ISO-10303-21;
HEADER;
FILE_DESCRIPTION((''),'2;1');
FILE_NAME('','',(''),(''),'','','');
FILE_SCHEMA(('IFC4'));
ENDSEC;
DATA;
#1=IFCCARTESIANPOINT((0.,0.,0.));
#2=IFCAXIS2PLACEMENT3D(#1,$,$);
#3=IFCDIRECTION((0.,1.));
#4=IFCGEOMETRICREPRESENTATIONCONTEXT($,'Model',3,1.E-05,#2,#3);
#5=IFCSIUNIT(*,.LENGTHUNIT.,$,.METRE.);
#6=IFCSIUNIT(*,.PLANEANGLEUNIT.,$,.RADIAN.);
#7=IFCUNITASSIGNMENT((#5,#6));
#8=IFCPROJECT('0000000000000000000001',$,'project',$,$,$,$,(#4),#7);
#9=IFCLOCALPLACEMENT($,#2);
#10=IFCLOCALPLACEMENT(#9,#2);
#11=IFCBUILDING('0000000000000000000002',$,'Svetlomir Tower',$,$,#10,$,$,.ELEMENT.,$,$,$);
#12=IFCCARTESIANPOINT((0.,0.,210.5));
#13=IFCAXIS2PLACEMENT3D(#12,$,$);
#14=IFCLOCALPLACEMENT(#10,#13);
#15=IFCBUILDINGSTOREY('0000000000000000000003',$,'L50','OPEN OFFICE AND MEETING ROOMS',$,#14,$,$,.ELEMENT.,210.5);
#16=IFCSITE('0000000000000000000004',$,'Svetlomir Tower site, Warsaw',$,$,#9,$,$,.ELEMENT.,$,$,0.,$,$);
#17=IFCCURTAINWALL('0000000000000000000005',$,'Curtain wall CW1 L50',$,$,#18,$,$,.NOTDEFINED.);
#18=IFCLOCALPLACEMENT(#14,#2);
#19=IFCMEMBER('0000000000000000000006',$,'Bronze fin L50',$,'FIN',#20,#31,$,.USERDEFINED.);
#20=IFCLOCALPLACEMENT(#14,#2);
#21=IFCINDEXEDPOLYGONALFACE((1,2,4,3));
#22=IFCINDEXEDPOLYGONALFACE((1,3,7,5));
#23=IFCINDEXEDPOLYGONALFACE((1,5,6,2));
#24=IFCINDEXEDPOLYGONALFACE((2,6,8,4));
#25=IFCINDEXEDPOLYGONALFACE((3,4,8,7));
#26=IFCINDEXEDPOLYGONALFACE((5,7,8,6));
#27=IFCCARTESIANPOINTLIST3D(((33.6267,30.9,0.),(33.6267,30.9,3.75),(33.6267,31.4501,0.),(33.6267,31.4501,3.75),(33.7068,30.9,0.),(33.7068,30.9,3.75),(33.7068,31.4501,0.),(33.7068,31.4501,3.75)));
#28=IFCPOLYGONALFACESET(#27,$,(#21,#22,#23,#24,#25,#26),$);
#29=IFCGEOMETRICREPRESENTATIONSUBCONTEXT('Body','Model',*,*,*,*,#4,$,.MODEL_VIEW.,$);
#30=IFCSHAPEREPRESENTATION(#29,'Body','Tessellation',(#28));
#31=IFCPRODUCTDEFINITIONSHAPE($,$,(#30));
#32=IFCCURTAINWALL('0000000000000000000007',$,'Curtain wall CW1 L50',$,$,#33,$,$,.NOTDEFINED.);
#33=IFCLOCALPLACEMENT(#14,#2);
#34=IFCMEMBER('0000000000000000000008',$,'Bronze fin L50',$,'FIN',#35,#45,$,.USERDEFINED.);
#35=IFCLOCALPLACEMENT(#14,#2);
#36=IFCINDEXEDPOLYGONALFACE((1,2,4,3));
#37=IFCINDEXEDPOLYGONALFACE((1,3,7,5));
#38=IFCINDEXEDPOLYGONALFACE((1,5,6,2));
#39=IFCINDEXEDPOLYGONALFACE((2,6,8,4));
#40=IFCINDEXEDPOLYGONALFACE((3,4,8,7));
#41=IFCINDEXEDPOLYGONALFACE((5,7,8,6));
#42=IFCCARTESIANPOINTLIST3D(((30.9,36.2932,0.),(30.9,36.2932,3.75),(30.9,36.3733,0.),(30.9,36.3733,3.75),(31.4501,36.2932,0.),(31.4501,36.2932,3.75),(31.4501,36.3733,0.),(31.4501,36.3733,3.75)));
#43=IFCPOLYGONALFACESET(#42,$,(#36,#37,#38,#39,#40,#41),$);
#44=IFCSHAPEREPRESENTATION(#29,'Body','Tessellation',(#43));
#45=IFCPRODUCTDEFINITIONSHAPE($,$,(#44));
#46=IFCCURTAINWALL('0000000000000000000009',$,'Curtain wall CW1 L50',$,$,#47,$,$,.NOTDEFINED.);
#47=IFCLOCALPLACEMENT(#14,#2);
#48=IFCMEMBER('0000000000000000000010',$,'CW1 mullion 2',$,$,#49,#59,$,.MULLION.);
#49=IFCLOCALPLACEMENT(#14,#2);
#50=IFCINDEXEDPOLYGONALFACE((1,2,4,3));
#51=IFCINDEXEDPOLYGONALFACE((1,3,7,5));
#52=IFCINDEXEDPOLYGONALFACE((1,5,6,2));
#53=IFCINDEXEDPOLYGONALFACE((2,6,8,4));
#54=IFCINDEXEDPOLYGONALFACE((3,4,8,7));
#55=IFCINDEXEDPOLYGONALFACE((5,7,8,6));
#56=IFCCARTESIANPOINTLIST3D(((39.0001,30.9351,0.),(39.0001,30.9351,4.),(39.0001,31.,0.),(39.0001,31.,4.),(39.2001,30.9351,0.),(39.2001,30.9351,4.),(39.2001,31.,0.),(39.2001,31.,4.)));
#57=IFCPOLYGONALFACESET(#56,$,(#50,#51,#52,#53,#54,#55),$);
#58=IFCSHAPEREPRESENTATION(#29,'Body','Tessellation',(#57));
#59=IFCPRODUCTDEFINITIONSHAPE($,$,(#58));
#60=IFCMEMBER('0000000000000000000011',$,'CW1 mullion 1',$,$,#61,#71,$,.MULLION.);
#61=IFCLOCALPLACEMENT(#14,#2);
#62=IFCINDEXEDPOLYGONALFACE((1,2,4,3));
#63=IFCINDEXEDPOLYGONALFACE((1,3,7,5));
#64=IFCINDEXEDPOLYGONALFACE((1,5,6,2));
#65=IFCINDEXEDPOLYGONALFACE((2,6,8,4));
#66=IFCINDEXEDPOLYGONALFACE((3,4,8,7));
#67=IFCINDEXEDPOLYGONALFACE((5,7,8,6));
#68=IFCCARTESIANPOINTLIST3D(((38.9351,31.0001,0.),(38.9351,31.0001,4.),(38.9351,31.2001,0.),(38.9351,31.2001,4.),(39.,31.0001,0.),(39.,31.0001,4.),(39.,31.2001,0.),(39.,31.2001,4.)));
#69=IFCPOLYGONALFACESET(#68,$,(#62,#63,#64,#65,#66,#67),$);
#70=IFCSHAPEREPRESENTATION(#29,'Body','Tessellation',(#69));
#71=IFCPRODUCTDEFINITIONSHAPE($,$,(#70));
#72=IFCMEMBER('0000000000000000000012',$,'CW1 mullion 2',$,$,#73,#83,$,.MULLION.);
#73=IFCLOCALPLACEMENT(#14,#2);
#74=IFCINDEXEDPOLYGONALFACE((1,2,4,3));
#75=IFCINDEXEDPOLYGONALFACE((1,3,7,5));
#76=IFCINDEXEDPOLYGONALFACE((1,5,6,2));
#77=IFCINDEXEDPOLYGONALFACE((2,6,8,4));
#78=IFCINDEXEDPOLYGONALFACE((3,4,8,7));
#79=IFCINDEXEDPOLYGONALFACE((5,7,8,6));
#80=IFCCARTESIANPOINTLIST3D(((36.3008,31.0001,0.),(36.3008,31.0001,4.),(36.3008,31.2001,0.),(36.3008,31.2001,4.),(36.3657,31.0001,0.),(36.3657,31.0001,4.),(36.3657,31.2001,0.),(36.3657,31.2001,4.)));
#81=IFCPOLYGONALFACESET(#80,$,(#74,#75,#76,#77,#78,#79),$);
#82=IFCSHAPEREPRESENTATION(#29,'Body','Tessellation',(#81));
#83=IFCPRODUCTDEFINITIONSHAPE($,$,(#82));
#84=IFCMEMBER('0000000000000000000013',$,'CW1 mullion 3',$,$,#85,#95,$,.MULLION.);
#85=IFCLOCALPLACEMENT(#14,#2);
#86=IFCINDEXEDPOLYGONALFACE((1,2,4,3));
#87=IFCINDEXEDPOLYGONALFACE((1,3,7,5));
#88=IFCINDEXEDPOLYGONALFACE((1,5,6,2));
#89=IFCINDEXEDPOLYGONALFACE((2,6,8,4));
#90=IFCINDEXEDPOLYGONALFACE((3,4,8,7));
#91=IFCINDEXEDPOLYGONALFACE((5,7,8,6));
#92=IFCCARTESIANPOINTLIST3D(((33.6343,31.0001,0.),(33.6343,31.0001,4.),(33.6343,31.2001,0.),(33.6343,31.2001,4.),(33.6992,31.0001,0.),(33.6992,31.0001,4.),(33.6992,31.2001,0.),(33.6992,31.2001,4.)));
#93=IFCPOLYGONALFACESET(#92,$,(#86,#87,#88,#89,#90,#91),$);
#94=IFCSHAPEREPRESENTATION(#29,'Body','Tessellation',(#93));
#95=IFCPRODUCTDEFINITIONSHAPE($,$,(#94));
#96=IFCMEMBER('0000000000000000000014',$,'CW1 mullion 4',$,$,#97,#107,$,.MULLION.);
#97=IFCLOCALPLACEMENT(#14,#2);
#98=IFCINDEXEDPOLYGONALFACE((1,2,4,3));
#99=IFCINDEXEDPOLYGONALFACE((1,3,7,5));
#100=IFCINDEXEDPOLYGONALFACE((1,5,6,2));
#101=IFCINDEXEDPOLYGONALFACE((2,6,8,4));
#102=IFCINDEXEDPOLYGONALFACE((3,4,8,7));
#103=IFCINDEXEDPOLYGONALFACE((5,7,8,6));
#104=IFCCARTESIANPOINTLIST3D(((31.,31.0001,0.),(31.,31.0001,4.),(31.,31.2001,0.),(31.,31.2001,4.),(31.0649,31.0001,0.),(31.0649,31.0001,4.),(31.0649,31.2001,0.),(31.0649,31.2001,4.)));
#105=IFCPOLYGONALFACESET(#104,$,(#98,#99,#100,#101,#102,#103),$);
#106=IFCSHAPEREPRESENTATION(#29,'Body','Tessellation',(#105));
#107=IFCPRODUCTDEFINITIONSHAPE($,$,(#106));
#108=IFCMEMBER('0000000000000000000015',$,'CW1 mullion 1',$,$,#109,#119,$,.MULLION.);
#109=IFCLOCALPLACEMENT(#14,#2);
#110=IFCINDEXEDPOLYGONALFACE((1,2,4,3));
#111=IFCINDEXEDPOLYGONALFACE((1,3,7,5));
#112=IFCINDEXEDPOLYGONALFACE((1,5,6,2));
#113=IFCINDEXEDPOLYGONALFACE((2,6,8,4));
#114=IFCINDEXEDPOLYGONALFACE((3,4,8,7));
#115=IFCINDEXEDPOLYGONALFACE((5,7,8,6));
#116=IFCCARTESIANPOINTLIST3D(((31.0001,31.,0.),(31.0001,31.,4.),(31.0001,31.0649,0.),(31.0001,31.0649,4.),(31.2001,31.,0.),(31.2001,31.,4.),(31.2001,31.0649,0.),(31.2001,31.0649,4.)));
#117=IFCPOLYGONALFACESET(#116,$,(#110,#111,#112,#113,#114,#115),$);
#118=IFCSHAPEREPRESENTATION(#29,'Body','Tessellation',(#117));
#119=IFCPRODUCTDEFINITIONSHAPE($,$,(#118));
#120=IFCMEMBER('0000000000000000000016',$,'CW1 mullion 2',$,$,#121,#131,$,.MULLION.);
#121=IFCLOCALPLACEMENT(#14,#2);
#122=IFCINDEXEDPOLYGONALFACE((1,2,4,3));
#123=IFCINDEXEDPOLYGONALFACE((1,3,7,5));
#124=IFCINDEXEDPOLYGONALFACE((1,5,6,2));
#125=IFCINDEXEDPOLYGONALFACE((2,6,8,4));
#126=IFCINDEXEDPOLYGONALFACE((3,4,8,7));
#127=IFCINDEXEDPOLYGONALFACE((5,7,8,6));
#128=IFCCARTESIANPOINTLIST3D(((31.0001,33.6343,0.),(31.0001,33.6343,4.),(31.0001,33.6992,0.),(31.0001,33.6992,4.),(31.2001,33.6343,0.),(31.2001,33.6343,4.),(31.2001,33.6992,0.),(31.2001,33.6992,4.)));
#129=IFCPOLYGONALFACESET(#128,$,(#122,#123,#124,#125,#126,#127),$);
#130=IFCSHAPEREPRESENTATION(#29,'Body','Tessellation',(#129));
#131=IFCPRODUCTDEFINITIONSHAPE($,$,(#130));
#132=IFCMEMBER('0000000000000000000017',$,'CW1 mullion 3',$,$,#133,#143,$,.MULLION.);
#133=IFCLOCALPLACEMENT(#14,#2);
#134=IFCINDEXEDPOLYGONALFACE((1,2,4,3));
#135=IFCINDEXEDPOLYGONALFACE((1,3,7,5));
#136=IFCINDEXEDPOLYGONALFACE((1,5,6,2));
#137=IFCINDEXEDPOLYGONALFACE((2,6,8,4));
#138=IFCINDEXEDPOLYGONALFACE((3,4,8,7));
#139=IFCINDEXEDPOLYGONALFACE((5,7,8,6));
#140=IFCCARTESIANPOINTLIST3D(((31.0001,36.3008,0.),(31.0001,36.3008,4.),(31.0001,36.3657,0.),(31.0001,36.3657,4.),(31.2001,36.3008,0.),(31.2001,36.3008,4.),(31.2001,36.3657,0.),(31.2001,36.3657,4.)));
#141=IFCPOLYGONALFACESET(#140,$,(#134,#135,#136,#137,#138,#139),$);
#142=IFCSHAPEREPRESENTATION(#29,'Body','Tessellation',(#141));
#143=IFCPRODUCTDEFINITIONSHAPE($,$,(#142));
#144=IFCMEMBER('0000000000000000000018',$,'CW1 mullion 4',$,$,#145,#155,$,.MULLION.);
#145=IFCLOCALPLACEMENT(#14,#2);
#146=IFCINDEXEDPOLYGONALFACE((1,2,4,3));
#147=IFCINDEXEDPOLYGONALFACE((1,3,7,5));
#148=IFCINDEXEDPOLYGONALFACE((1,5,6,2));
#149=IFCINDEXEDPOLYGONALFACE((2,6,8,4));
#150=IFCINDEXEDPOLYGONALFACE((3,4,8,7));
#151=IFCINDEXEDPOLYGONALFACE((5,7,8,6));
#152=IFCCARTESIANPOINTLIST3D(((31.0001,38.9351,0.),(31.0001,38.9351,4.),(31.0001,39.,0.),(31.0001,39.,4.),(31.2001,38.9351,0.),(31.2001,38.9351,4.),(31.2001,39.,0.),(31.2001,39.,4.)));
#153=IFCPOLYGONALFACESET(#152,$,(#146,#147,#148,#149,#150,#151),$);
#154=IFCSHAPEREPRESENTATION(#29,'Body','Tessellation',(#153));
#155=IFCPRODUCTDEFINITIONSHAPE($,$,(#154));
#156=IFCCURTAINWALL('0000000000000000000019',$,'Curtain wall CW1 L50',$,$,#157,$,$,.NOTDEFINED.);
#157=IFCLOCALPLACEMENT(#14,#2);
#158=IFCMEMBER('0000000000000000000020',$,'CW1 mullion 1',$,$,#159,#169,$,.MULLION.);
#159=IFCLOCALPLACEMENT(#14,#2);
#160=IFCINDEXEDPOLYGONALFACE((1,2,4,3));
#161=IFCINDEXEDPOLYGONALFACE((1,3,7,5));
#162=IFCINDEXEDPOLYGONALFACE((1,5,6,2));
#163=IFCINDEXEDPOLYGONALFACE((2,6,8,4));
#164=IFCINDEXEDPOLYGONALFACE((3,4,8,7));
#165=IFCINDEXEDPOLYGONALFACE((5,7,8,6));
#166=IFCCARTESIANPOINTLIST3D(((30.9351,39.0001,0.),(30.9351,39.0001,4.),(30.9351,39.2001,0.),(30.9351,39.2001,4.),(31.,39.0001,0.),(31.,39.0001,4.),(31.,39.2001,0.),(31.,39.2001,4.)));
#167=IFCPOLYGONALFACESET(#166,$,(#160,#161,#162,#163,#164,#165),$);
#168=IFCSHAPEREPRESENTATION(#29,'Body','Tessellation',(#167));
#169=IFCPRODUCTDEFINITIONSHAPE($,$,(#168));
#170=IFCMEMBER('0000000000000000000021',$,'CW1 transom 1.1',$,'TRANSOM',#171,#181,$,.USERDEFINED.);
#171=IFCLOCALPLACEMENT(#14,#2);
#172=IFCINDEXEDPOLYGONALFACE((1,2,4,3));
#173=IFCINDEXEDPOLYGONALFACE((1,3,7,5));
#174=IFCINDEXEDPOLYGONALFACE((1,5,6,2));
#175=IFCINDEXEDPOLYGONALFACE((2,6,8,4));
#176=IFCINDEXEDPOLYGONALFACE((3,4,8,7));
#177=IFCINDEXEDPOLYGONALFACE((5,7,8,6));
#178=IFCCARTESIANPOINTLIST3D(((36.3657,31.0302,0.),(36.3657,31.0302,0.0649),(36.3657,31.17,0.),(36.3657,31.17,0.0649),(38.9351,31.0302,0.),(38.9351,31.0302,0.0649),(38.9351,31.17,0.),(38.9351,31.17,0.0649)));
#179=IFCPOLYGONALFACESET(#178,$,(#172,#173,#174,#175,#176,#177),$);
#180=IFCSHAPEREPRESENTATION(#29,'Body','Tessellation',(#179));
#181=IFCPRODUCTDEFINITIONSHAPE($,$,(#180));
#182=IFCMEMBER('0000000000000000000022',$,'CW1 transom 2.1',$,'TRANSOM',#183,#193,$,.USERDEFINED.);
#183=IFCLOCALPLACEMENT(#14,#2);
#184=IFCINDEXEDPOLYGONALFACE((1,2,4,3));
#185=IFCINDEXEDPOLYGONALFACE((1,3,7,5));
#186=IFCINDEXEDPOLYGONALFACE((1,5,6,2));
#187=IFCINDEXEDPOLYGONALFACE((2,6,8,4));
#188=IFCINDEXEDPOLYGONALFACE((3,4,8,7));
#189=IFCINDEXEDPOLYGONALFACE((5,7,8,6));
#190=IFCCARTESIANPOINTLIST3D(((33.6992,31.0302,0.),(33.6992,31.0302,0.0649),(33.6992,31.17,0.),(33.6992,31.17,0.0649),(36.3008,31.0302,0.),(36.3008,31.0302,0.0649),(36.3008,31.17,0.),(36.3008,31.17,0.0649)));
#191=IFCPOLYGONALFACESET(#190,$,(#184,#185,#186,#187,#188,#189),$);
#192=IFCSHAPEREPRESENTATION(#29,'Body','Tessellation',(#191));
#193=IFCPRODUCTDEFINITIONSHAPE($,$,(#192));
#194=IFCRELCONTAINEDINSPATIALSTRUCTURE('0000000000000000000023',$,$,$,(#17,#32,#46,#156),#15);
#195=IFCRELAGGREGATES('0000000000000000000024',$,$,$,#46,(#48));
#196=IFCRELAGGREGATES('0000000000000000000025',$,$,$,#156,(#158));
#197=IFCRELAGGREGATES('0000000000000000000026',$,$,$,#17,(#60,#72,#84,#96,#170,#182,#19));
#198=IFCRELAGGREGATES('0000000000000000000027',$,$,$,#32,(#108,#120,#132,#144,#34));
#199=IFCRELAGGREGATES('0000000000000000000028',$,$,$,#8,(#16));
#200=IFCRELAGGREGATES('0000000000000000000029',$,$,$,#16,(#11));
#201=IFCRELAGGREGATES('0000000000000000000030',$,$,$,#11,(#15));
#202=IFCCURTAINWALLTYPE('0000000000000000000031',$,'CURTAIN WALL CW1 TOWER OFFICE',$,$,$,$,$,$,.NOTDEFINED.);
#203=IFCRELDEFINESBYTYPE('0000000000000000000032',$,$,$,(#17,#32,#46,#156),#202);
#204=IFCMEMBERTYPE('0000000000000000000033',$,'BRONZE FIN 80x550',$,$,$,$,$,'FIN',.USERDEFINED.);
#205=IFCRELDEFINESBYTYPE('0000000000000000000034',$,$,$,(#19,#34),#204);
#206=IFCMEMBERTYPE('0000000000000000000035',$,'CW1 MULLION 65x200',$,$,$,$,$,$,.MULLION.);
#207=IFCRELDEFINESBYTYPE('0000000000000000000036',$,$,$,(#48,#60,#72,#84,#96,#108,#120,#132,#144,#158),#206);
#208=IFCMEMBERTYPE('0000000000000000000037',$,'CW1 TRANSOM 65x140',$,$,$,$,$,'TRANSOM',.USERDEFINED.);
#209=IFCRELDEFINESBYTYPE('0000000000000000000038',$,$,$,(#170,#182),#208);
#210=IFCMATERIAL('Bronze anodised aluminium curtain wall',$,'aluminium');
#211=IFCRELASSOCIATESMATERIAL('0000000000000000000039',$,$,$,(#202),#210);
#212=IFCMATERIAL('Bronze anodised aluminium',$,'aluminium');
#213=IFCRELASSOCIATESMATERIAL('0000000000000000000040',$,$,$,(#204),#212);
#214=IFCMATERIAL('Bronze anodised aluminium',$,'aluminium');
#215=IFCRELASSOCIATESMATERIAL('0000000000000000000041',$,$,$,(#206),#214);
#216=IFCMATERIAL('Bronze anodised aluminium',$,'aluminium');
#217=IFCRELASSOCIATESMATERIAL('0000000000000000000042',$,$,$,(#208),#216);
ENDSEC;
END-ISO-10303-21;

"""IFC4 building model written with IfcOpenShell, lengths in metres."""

from ifc_helpers import new_model, si_unit, direction, frame, origin, origin_2d, place, context, subcontext, project, spatial, rectangle, extrude, material, material_profile, profile_set, type_object, element, aggregate, save


model = new_model("IFC4")

# Units and contexts
model_context = context("Model", 3, precision=1e-05, world=origin(), true_north=direction((0.0, 1.0)))
body_context = subcontext(model_context, "Body", "Model", "MODEL_VIEW")
ifc_project = project(units=[si_unit("LENGTHUNIT", "METRE"), si_unit("PLANEANGLEUNIT", "RADIAN")], contexts=[model_context])

# Site, building, storey
site_placement = place(None, origin())
site = spatial("IfcSite", under=ifc_project, at=site_placement, Name="Svetlomir Tower site, Warsaw", CompositionType="ELEMENT", RefElevation=0.0)
building_placement = place(site_placement, origin())
building = spatial("IfcBuilding", under=site, at=building_placement, Name="Svetlomir Tower", CompositionType="ELEMENT")
storey_placement = place(building_placement, frame((0.0, 0.0, 210.5)))
storey = spatial("IfcBuildingStorey", under=building, at=storey_placement, Name="L50", Description="OPEN OFFICE AND MEETING ROOMS", CompositionType="ELEMENT", Elevation=210.5)

# Curtain walls, members
ifc_material_1 = material(Name="Bronze anodised aluminium curtain wall", Category="aluminium")
curtain_wall_type = type_object("IfcCurtainWallType", Name="CURTAIN WALL CW1 TOWER OFFICE", PredefinedType="NOTDEFINED", material=ifc_material_1)
curtain_wall_1_placement = place(storey_placement, origin())
curtain_wall_1 = element("IfcCurtainWall", 1, at=curtain_wall_1_placement, inside=storey, type_object=curtain_wall_type, Name="Curtain wall CW1 L50", PredefinedType="NOTDEFINED")
ifc_material_2 = material(Name="Bronze anodised aluminium", Category="aluminium")
ifc_material_profile_1 = material_profile(ifc_material_2, rectangle(XDim=0.0801, YDim=0.55, at=origin_2d()), Name="FIN 80x550")
ifc_profile_set_1 = profile_set([ifc_material_profile_1], Name="Bronze anodised aluminium 6063-T6")
member_type_1 = type_object("IfcMemberType", Name="BRONZE FIN 80x550", ElementType="FIN", PredefinedType="USERDEFINED", material=ifc_profile_set_1)
member_1_placement = place(storey_placement, frame((33.6667, 31.175, 0.0), z_axis=(0.0, 0.0, 1.0), x_axis=(1.0, 0.0, 0.0)))
member_1 = element("IfcMember", 2, at=member_1_placement, type_object=member_type_1, Name="Bronze fin L50", ObjectType="FIN", PredefinedType="USERDEFINED", context=body_context, shape_type="SweptSolid", body=[
    extrude(rectangle(XDim=0.0801, YDim=0.55, at=origin_2d()), origin(), (0.0, 0.0, 1.0), 3.75),
])
curtain_wall_2_placement = place(storey_placement, origin())
curtain_wall_2 = element("IfcCurtainWall", 3, at=curtain_wall_2_placement, inside=storey, type_object=curtain_wall_type, Name="Curtain wall CW1 L50", PredefinedType="NOTDEFINED")
member_2_placement = place(storey_placement, frame((31.175, 36.3333, 0.0), z_axis=(0.0, 0.0, 1.0), x_axis=(0.0, 1.0, 0.0)))
member_2 = element("IfcMember", 4, at=member_2_placement, type_object=member_type_1, Name="Bronze fin L50", ObjectType="FIN", PredefinedType="USERDEFINED", context=body_context, shape_type="SweptSolid", body=[
    extrude(rectangle(XDim=0.0801, YDim=0.55, at=origin_2d()), origin(), (0.0, 0.0, 1.0), 3.75),
])
curtain_wall_3_placement = place(storey_placement, origin())
curtain_wall_3 = element("IfcCurtainWall", 5, at=curtain_wall_3_placement, inside=storey, type_object=curtain_wall_type, Name="Curtain wall CW1 L50", PredefinedType="NOTDEFINED")
ifc_material_3 = material(Name="Bronze anodised aluminium", Category="aluminium")
ifc_material_profile_2 = material_profile(ifc_material_3, rectangle(XDim=0.0649, YDim=0.2, at=origin_2d()), Name="AL 65x200")
ifc_profile_set_2 = profile_set([ifc_material_profile_2], Name="Bronze anodised aluminium 6063-T6")
member_type_2 = type_object("IfcMemberType", Name="CW1 MULLION 65x200", PredefinedType="MULLION", material=ifc_profile_set_2)
member_3_placement = place(storey_placement, frame((39.1001, 30.9675, 0.0), z_axis=(0.0, 0.0, 1.0), x_axis=(0.0, 1.0, 0.0)))
member_3 = element("IfcMember", 6, at=member_3_placement, type_object=member_type_2, Name="CW1 mullion 2", PredefinedType="MULLION", context=body_context, shape_type="SweptSolid", body=[
    extrude(rectangle(XDim=0.0649, YDim=0.2, at=origin_2d()), origin(), (0.0, 0.0, 1.0), 4.0),
])
aggregate(curtain_wall_3, [member_3])

# Members
member_4_placement = place(storey_placement, frame((38.9675, 31.1001, 0.0), z_axis=(0.0, 0.0, 1.0), x_axis=(-1.0, 0.0, 0.0)))
member_4 = element("IfcMember", 7, at=member_4_placement, type_object=member_type_2, Name="CW1 mullion 1", PredefinedType="MULLION", context=body_context, shape_type="SweptSolid", body=[
    extrude(rectangle(XDim=0.0649, YDim=0.2, at=origin_2d()), origin(), (0.0, 0.0, 1.0), 4.0),
])
member_5_placement = place(storey_placement, frame((36.3333, 31.1001, 0.0), z_axis=(0.0, 0.0, 1.0), x_axis=(-1.0, 0.0, 0.0)))
member_5 = element("IfcMember", 8, at=member_5_placement, type_object=member_type_2, Name="CW1 mullion 2", PredefinedType="MULLION", context=body_context, shape_type="SweptSolid", body=[
    extrude(rectangle(XDim=0.0649, YDim=0.2, at=origin_2d()), origin(), (0.0, 0.0, 1.0), 4.0),
])
member_6_placement = place(storey_placement, frame((33.6667, 31.1001, 0.0), z_axis=(0.0, 0.0, 1.0), x_axis=(-1.0, 0.0, 0.0)))
member_6 = element("IfcMember", 9, at=member_6_placement, type_object=member_type_2, Name="CW1 mullion 3", PredefinedType="MULLION", context=body_context, shape_type="SweptSolid", body=[
    extrude(rectangle(XDim=0.0649, YDim=0.2, at=origin_2d()), origin(), (0.0, 0.0, 1.0), 4.0),
])
member_7_placement = place(storey_placement, frame((31.0325, 31.1001, 0.0), z_axis=(0.0, 0.0, 1.0), x_axis=(-1.0, 0.0, 0.0)))
member_7 = element("IfcMember", 10, at=member_7_placement, type_object=member_type_2, Name="CW1 mullion 4", PredefinedType="MULLION", context=body_context, shape_type="SweptSolid", body=[
    extrude(rectangle(XDim=0.0649, YDim=0.2, at=origin_2d()), origin(), (0.0, 0.0, 1.0), 4.0),
])
member_8_placement = place(storey_placement, frame((31.1001, 31.0325, 0.0), z_axis=(0.0, 0.0, 1.0), x_axis=(0.0, 1.0, 0.0)))
member_8 = element("IfcMember", 11, at=member_8_placement, type_object=member_type_2, Name="CW1 mullion 1", PredefinedType="MULLION", context=body_context, shape_type="SweptSolid", body=[
    extrude(rectangle(XDim=0.0649, YDim=0.2, at=origin_2d()), origin(), (0.0, 0.0, 1.0), 4.0),
])
member_9_placement = place(storey_placement, frame((31.1001, 33.6667, 0.0), z_axis=(0.0, 0.0, 1.0), x_axis=(0.0, 1.0, 0.0)))
member_9 = element("IfcMember", 12, at=member_9_placement, type_object=member_type_2, Name="CW1 mullion 2", PredefinedType="MULLION", context=body_context, shape_type="SweptSolid", body=[
    extrude(rectangle(XDim=0.0649, YDim=0.2, at=origin_2d()), origin(), (0.0, 0.0, 1.0), 4.0),
])
member_10_placement = place(storey_placement, frame((31.1001, 36.3333, 0.0), z_axis=(0.0, 0.0, 1.0), x_axis=(0.0, 1.0, 0.0)))
member_10 = element("IfcMember", 13, at=member_10_placement, type_object=member_type_2, Name="CW1 mullion 3", PredefinedType="MULLION", context=body_context, shape_type="SweptSolid", body=[
    extrude(rectangle(XDim=0.0649, YDim=0.2, at=origin_2d()), origin(), (0.0, 0.0, 1.0), 4.0),
])
member_11_placement = place(storey_placement, frame((31.1001, 38.9675, 0.0), z_axis=(0.0, 0.0, 1.0), x_axis=(0.0, 1.0, 0.0)))
member_11 = element("IfcMember", 14, at=member_11_placement, type_object=member_type_2, Name="CW1 mullion 4", PredefinedType="MULLION", context=body_context, shape_type="SweptSolid", body=[
    extrude(rectangle(XDim=0.0649, YDim=0.2, at=origin_2d()), origin(), (0.0, 0.0, 1.0), 4.0),
])

# Curtain wall, member
curtain_wall_4_placement = place(storey_placement, origin())
curtain_wall_4 = element("IfcCurtainWall", 15, at=curtain_wall_4_placement, inside=storey, type_object=curtain_wall_type, Name="Curtain wall CW1 L50", PredefinedType="NOTDEFINED")
member_12_placement = place(storey_placement, frame((30.9675, 39.1001, 0.0), z_axis=(0.0, 0.0, 1.0), x_axis=(-1.0, 0.0, 0.0)))
member_12 = element("IfcMember", 16, at=member_12_placement, type_object=member_type_2, Name="CW1 mullion 1", PredefinedType="MULLION", context=body_context, shape_type="SweptSolid", body=[
    extrude(rectangle(XDim=0.0649, YDim=0.2, at=origin_2d()), origin(), (0.0, 0.0, 1.0), 4.0),
])

# Members
ifc_material_4 = material(Name="Bronze anodised aluminium", Category="aluminium")
ifc_material_profile_3 = material_profile(ifc_material_4, rectangle(XDim=0.1399, YDim=0.0649, at=origin_2d()), Name="AL 140x65")
ifc_profile_set_3 = profile_set([ifc_material_profile_3], Name="Bronze anodised aluminium 6063-T6")
member_type_3 = type_object("IfcMemberType", Name="CW1 TRANSOM 65x140", ElementType="TRANSOM", PredefinedType="USERDEFINED", material=ifc_profile_set_3)
member_13_placement = place(storey_placement, frame((38.9351, 31.1001, 0.0325), z_axis=(-1.0, 0.0, 0.0), x_axis=(0.0, -1.0, 0.0)))
member_13 = element("IfcMember", 17, at=member_13_placement, type_object=member_type_3, Name="CW1 transom 1.1", ObjectType="TRANSOM", PredefinedType="USERDEFINED", context=body_context, shape_type="SweptSolid", body=[
    extrude(rectangle(XDim=0.1399, YDim=0.0649, at=origin_2d()), origin(), (0.0, 0.0, 1.0), 2.5693),
])
member_14_placement = place(storey_placement, frame((36.3008, 31.1001, 0.0325), z_axis=(-1.0, 0.0, 0.0), x_axis=(0.0, -1.0, 0.0)))
member_14 = element("IfcMember", 18, at=member_14_placement, type_object=member_type_3, Name="CW1 transom 2.1", ObjectType="TRANSOM", PredefinedType="USERDEFINED", context=body_context, shape_type="SweptSolid", body=[
    extrude(rectangle(XDim=0.1399, YDim=0.0649, at=origin_2d()), origin(), (0.0, 0.0, 1.0), 2.6016),
])
aggregate(curtain_wall_4, [member_12])

aggregate(curtain_wall_1, [member_4, member_5, member_6, member_7, member_13, member_14, member_1])
aggregate(curtain_wall_2, [member_8, member_9, member_10, member_11, member_2])

save(model, "model.ifc")
